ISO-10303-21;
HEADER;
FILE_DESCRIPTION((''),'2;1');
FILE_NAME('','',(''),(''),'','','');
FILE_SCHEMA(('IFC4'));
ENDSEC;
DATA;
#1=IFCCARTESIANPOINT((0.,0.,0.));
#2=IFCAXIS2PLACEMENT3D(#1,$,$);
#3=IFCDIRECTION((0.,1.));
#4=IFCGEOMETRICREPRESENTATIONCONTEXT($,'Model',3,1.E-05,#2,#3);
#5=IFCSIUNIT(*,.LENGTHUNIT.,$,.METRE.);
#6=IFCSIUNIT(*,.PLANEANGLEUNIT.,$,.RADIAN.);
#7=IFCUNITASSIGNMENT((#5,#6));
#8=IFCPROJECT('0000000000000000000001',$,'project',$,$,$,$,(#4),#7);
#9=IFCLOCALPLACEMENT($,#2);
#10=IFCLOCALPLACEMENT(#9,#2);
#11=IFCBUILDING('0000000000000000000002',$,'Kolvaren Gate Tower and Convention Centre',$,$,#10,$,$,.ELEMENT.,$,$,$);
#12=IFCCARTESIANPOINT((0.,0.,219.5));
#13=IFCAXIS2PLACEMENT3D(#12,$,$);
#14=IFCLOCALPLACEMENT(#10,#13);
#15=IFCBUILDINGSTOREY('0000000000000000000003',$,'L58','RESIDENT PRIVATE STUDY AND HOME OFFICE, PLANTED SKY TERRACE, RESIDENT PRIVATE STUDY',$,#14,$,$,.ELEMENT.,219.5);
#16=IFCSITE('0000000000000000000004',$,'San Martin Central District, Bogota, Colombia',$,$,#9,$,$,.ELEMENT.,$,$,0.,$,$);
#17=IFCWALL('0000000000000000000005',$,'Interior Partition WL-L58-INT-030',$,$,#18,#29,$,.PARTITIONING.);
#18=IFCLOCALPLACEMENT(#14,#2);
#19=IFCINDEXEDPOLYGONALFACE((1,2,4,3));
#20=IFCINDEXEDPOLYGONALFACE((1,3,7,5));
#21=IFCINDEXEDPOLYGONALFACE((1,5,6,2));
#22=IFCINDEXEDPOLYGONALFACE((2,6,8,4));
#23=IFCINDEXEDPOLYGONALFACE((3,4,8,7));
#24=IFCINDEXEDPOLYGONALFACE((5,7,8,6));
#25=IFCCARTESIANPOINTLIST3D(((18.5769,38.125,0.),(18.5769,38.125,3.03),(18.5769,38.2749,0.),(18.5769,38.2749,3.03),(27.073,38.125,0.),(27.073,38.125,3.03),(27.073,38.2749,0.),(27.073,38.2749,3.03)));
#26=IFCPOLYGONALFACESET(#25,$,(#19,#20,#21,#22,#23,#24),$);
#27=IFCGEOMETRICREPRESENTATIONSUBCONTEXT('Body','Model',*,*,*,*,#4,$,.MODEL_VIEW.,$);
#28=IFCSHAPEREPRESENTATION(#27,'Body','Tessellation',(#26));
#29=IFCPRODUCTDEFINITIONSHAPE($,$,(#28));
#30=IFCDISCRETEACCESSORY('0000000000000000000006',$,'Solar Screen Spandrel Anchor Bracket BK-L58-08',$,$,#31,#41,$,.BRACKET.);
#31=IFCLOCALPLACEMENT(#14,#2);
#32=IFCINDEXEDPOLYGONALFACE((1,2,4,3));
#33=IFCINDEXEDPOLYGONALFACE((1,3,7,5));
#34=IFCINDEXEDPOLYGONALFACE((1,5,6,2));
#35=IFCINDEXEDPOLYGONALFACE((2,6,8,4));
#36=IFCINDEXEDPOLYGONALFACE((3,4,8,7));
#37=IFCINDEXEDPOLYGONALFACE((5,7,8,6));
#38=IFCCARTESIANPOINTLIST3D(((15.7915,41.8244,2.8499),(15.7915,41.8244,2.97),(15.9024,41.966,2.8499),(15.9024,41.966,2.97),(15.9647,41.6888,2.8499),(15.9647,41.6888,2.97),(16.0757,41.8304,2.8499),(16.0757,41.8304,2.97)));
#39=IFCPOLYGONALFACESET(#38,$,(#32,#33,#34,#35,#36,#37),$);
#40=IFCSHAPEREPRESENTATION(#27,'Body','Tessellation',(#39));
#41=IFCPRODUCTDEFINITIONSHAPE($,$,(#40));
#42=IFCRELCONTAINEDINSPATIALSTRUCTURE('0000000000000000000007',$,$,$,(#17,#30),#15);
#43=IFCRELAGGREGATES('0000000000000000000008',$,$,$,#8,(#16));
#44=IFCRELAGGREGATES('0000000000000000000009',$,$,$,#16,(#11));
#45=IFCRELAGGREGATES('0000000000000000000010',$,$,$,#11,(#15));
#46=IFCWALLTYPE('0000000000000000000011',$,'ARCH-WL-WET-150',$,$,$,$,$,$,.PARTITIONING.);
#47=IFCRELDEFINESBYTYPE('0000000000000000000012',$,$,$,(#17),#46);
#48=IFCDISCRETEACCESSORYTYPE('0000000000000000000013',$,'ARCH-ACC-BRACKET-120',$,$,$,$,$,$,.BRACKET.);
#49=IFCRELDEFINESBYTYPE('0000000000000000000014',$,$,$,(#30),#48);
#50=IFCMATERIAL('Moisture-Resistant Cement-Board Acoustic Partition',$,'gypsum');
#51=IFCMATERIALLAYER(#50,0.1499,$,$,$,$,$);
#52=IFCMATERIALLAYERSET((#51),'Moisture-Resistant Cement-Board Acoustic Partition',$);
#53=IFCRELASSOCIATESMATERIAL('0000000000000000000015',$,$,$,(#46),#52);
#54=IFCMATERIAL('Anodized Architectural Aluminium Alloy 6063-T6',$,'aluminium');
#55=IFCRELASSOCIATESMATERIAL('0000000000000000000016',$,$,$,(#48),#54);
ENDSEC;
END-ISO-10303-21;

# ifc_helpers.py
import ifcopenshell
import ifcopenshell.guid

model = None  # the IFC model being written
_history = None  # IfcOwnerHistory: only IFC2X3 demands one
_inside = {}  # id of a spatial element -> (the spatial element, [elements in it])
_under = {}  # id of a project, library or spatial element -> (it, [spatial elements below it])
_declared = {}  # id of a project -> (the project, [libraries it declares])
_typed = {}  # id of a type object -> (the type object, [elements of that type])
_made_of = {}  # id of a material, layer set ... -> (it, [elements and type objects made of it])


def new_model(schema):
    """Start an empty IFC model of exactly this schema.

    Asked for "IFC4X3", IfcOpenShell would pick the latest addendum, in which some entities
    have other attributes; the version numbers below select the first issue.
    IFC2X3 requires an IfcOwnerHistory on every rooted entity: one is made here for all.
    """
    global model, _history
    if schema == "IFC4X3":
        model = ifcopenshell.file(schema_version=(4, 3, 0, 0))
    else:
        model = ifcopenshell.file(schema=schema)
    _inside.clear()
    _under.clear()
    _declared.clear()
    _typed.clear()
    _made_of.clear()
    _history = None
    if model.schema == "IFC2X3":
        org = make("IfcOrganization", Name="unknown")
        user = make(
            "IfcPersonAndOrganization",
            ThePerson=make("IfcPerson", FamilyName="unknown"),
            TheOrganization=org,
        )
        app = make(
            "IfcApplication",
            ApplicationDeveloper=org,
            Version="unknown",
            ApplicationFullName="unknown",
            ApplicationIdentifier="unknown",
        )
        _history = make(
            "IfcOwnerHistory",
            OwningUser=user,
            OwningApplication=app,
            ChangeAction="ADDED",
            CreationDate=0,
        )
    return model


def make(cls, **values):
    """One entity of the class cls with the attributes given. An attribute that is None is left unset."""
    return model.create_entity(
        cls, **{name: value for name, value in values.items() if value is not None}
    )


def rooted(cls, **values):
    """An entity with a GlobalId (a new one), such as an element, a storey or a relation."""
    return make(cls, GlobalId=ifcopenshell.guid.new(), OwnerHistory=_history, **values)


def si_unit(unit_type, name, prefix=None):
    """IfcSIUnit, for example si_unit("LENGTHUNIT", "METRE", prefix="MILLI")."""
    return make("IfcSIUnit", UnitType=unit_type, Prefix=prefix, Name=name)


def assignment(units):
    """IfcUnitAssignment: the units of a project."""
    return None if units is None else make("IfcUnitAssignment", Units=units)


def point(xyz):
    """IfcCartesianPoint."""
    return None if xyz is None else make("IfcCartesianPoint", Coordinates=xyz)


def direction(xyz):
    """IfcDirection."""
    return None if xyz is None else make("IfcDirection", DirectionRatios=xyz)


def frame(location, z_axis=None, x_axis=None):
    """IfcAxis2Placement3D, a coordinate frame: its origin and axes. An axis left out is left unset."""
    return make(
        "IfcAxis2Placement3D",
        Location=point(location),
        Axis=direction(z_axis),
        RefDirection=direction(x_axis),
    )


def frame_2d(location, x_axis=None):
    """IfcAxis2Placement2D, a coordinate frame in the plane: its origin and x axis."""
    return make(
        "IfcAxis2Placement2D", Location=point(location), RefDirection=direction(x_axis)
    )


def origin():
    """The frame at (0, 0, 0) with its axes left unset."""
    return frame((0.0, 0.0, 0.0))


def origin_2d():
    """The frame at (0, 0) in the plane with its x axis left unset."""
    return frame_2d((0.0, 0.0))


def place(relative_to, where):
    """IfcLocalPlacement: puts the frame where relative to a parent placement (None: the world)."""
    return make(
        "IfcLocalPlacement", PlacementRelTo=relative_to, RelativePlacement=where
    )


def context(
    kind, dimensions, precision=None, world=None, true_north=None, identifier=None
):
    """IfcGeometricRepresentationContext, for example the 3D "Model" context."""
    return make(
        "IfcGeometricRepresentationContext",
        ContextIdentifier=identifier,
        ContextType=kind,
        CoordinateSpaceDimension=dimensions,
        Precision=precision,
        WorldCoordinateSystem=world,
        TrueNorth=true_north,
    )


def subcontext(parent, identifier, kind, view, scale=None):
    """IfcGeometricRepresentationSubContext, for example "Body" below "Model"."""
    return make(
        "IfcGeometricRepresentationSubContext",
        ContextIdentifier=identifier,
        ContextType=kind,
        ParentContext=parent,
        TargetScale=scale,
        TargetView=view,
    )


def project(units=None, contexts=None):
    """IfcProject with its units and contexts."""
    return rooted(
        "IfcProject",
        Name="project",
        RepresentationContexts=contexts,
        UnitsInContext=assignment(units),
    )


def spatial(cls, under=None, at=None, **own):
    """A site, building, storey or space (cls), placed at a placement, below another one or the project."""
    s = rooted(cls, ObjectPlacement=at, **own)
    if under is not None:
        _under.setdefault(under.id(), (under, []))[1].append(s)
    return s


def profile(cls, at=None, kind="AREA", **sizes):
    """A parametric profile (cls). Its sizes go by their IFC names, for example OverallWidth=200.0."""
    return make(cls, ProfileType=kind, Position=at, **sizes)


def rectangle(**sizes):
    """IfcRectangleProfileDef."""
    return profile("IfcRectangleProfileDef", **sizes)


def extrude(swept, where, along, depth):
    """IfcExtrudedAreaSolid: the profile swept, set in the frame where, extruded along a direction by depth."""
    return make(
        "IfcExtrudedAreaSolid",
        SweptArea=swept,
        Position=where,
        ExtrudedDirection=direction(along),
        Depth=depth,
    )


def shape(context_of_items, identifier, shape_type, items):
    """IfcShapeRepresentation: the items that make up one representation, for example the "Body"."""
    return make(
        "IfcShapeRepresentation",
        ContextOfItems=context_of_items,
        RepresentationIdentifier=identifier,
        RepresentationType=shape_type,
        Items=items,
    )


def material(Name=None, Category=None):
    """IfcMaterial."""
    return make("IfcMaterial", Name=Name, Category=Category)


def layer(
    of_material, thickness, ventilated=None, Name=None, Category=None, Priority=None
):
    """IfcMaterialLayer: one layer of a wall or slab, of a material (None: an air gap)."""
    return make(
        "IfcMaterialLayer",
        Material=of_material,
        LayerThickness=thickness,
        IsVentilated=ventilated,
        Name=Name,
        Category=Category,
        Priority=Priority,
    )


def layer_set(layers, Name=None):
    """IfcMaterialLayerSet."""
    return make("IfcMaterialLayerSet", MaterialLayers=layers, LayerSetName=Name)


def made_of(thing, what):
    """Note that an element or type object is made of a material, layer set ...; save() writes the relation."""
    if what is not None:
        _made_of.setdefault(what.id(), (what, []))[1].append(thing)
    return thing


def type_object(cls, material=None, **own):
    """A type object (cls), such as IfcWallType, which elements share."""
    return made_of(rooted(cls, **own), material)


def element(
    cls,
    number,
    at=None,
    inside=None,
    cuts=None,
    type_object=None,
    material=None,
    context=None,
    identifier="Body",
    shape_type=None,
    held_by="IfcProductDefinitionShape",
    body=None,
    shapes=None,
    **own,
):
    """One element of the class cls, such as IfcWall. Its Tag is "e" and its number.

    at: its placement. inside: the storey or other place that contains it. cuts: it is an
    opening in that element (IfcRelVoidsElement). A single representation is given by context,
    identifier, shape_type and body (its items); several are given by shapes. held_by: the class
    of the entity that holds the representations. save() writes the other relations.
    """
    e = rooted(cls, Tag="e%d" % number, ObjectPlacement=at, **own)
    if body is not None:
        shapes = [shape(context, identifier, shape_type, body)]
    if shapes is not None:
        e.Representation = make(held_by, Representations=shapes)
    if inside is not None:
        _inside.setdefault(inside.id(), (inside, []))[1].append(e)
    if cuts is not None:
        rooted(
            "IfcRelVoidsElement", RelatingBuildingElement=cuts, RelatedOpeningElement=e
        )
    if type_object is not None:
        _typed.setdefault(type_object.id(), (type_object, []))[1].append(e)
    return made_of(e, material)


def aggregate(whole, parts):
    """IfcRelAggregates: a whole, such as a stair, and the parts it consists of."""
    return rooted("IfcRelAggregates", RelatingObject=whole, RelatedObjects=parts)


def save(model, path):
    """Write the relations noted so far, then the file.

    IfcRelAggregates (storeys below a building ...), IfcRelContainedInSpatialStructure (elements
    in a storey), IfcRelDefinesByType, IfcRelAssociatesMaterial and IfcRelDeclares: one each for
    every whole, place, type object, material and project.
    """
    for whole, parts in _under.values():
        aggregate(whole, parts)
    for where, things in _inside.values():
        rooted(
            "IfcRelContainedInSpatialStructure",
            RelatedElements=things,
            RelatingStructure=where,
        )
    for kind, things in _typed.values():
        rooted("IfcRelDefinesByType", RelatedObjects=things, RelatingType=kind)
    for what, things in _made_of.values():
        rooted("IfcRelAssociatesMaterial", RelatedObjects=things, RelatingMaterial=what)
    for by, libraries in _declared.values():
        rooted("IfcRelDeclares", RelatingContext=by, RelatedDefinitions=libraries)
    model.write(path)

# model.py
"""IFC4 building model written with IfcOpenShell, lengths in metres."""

from ifc_helpers import new_model, si_unit, direction, frame, frame_2d, origin, origin_2d, place, context, subcontext, project, spatial, rectangle, extrude, material, layer, layer_set, type_object, element, save


model = new_model("IFC4")

# Units and contexts
model_context = context("Model", 3, precision=1e-05, world=origin(), true_north=direction((0.0, 1.0)))
body_context = subcontext(model_context, "Body", "Model", "MODEL_VIEW")
ifc_project = project(units=[si_unit("LENGTHUNIT", "METRE"), si_unit("PLANEANGLEUNIT", "RADIAN")], contexts=[model_context])

# Site, building, storey
site_placement = place(None, origin())
site = spatial("IfcSite", under=ifc_project, at=site_placement, Name="San Martin Central District, Bogota, Colombia", CompositionType="ELEMENT", RefElevation=0.0)
building_placement = place(site_placement, origin())
building = spatial("IfcBuilding", under=site, at=building_placement, Name="Kolvaren Gate Tower and Convention Centre", CompositionType="ELEMENT")
storey_placement = place(building_placement, frame((0.0, 0.0, 219.5)))
storey = spatial("IfcBuildingStorey", under=building, at=storey_placement, Name="L58", Description="RESIDENT PRIVATE STUDY AND HOME OFFICE, PLANTED SKY TERRACE, RESIDENT PRIVATE STUDY", CompositionType="ELEMENT", Elevation=219.5)

# Shared definitions
ifc_material_1 = material(Name="Anodized Architectural Aluminium Alloy 6063-T6", Category="aluminium")

# Wall
ifc_material_2 = material(Name="Moisture-Resistant Cement-Board Acoustic Partition", Category="gypsum")
ifc_layer_1 = layer(ifc_material_2, 0.1499)
ifc_layer_set_1 = layer_set([ifc_layer_1], Name="Moisture-Resistant Cement-Board Acoustic Partition")
wall_type_1 = type_object("IfcWallType", Name="ARCH-WL-WET-150", PredefinedType="PARTITIONING", material=ifc_layer_set_1)
wall_1_placement = place(storey_placement, frame((18.5769, 38.2, 0.0), z_axis=(0.0, 0.0, 1.0), x_axis=(1.0, 0.0, 0.0)))
element("IfcWall", 1, at=wall_1_placement, inside=storey, type_object=wall_type_1, Name="Interior Partition WL-L58-INT-030", PredefinedType="PARTITIONING", context=body_context, shape_type="SweptSolid", body=[
    extrude(rectangle(XDim=8.4961, YDim=0.1499, at=frame_2d((4.248, 0.0))), origin(), (0.0, 0.0, 1.0), 3.03),
])

# Discrete accessory
discrete_accessory_type = type_object("IfcDiscreteAccessoryType", Name="ARCH-ACC-BRACKET-120", PredefinedType="BRACKET", material=ifc_material_1)
discrete_accessory_placement = place(storey_placement, frame((15.9336, 41.8274, 2.8499), z_axis=(0.0, 0.0, 1.0), x_axis=(0.616434, 0.787406, 0.0)))
element("IfcDiscreteAccessory", 2, at=discrete_accessory_placement, inside=storey, type_object=discrete_accessory_type, Name="Solar Screen Spandrel Anchor Bracket BK-L58-08", PredefinedType="BRACKET", context=body_context, shape_type="SweptSolid", body=[
    extrude(rectangle(XDim=0.1799, YDim=0.22, at=origin_2d()), origin(), (0.0, 0.0, 1.0), 0.1201),
])

save(model, "model.ifc")
